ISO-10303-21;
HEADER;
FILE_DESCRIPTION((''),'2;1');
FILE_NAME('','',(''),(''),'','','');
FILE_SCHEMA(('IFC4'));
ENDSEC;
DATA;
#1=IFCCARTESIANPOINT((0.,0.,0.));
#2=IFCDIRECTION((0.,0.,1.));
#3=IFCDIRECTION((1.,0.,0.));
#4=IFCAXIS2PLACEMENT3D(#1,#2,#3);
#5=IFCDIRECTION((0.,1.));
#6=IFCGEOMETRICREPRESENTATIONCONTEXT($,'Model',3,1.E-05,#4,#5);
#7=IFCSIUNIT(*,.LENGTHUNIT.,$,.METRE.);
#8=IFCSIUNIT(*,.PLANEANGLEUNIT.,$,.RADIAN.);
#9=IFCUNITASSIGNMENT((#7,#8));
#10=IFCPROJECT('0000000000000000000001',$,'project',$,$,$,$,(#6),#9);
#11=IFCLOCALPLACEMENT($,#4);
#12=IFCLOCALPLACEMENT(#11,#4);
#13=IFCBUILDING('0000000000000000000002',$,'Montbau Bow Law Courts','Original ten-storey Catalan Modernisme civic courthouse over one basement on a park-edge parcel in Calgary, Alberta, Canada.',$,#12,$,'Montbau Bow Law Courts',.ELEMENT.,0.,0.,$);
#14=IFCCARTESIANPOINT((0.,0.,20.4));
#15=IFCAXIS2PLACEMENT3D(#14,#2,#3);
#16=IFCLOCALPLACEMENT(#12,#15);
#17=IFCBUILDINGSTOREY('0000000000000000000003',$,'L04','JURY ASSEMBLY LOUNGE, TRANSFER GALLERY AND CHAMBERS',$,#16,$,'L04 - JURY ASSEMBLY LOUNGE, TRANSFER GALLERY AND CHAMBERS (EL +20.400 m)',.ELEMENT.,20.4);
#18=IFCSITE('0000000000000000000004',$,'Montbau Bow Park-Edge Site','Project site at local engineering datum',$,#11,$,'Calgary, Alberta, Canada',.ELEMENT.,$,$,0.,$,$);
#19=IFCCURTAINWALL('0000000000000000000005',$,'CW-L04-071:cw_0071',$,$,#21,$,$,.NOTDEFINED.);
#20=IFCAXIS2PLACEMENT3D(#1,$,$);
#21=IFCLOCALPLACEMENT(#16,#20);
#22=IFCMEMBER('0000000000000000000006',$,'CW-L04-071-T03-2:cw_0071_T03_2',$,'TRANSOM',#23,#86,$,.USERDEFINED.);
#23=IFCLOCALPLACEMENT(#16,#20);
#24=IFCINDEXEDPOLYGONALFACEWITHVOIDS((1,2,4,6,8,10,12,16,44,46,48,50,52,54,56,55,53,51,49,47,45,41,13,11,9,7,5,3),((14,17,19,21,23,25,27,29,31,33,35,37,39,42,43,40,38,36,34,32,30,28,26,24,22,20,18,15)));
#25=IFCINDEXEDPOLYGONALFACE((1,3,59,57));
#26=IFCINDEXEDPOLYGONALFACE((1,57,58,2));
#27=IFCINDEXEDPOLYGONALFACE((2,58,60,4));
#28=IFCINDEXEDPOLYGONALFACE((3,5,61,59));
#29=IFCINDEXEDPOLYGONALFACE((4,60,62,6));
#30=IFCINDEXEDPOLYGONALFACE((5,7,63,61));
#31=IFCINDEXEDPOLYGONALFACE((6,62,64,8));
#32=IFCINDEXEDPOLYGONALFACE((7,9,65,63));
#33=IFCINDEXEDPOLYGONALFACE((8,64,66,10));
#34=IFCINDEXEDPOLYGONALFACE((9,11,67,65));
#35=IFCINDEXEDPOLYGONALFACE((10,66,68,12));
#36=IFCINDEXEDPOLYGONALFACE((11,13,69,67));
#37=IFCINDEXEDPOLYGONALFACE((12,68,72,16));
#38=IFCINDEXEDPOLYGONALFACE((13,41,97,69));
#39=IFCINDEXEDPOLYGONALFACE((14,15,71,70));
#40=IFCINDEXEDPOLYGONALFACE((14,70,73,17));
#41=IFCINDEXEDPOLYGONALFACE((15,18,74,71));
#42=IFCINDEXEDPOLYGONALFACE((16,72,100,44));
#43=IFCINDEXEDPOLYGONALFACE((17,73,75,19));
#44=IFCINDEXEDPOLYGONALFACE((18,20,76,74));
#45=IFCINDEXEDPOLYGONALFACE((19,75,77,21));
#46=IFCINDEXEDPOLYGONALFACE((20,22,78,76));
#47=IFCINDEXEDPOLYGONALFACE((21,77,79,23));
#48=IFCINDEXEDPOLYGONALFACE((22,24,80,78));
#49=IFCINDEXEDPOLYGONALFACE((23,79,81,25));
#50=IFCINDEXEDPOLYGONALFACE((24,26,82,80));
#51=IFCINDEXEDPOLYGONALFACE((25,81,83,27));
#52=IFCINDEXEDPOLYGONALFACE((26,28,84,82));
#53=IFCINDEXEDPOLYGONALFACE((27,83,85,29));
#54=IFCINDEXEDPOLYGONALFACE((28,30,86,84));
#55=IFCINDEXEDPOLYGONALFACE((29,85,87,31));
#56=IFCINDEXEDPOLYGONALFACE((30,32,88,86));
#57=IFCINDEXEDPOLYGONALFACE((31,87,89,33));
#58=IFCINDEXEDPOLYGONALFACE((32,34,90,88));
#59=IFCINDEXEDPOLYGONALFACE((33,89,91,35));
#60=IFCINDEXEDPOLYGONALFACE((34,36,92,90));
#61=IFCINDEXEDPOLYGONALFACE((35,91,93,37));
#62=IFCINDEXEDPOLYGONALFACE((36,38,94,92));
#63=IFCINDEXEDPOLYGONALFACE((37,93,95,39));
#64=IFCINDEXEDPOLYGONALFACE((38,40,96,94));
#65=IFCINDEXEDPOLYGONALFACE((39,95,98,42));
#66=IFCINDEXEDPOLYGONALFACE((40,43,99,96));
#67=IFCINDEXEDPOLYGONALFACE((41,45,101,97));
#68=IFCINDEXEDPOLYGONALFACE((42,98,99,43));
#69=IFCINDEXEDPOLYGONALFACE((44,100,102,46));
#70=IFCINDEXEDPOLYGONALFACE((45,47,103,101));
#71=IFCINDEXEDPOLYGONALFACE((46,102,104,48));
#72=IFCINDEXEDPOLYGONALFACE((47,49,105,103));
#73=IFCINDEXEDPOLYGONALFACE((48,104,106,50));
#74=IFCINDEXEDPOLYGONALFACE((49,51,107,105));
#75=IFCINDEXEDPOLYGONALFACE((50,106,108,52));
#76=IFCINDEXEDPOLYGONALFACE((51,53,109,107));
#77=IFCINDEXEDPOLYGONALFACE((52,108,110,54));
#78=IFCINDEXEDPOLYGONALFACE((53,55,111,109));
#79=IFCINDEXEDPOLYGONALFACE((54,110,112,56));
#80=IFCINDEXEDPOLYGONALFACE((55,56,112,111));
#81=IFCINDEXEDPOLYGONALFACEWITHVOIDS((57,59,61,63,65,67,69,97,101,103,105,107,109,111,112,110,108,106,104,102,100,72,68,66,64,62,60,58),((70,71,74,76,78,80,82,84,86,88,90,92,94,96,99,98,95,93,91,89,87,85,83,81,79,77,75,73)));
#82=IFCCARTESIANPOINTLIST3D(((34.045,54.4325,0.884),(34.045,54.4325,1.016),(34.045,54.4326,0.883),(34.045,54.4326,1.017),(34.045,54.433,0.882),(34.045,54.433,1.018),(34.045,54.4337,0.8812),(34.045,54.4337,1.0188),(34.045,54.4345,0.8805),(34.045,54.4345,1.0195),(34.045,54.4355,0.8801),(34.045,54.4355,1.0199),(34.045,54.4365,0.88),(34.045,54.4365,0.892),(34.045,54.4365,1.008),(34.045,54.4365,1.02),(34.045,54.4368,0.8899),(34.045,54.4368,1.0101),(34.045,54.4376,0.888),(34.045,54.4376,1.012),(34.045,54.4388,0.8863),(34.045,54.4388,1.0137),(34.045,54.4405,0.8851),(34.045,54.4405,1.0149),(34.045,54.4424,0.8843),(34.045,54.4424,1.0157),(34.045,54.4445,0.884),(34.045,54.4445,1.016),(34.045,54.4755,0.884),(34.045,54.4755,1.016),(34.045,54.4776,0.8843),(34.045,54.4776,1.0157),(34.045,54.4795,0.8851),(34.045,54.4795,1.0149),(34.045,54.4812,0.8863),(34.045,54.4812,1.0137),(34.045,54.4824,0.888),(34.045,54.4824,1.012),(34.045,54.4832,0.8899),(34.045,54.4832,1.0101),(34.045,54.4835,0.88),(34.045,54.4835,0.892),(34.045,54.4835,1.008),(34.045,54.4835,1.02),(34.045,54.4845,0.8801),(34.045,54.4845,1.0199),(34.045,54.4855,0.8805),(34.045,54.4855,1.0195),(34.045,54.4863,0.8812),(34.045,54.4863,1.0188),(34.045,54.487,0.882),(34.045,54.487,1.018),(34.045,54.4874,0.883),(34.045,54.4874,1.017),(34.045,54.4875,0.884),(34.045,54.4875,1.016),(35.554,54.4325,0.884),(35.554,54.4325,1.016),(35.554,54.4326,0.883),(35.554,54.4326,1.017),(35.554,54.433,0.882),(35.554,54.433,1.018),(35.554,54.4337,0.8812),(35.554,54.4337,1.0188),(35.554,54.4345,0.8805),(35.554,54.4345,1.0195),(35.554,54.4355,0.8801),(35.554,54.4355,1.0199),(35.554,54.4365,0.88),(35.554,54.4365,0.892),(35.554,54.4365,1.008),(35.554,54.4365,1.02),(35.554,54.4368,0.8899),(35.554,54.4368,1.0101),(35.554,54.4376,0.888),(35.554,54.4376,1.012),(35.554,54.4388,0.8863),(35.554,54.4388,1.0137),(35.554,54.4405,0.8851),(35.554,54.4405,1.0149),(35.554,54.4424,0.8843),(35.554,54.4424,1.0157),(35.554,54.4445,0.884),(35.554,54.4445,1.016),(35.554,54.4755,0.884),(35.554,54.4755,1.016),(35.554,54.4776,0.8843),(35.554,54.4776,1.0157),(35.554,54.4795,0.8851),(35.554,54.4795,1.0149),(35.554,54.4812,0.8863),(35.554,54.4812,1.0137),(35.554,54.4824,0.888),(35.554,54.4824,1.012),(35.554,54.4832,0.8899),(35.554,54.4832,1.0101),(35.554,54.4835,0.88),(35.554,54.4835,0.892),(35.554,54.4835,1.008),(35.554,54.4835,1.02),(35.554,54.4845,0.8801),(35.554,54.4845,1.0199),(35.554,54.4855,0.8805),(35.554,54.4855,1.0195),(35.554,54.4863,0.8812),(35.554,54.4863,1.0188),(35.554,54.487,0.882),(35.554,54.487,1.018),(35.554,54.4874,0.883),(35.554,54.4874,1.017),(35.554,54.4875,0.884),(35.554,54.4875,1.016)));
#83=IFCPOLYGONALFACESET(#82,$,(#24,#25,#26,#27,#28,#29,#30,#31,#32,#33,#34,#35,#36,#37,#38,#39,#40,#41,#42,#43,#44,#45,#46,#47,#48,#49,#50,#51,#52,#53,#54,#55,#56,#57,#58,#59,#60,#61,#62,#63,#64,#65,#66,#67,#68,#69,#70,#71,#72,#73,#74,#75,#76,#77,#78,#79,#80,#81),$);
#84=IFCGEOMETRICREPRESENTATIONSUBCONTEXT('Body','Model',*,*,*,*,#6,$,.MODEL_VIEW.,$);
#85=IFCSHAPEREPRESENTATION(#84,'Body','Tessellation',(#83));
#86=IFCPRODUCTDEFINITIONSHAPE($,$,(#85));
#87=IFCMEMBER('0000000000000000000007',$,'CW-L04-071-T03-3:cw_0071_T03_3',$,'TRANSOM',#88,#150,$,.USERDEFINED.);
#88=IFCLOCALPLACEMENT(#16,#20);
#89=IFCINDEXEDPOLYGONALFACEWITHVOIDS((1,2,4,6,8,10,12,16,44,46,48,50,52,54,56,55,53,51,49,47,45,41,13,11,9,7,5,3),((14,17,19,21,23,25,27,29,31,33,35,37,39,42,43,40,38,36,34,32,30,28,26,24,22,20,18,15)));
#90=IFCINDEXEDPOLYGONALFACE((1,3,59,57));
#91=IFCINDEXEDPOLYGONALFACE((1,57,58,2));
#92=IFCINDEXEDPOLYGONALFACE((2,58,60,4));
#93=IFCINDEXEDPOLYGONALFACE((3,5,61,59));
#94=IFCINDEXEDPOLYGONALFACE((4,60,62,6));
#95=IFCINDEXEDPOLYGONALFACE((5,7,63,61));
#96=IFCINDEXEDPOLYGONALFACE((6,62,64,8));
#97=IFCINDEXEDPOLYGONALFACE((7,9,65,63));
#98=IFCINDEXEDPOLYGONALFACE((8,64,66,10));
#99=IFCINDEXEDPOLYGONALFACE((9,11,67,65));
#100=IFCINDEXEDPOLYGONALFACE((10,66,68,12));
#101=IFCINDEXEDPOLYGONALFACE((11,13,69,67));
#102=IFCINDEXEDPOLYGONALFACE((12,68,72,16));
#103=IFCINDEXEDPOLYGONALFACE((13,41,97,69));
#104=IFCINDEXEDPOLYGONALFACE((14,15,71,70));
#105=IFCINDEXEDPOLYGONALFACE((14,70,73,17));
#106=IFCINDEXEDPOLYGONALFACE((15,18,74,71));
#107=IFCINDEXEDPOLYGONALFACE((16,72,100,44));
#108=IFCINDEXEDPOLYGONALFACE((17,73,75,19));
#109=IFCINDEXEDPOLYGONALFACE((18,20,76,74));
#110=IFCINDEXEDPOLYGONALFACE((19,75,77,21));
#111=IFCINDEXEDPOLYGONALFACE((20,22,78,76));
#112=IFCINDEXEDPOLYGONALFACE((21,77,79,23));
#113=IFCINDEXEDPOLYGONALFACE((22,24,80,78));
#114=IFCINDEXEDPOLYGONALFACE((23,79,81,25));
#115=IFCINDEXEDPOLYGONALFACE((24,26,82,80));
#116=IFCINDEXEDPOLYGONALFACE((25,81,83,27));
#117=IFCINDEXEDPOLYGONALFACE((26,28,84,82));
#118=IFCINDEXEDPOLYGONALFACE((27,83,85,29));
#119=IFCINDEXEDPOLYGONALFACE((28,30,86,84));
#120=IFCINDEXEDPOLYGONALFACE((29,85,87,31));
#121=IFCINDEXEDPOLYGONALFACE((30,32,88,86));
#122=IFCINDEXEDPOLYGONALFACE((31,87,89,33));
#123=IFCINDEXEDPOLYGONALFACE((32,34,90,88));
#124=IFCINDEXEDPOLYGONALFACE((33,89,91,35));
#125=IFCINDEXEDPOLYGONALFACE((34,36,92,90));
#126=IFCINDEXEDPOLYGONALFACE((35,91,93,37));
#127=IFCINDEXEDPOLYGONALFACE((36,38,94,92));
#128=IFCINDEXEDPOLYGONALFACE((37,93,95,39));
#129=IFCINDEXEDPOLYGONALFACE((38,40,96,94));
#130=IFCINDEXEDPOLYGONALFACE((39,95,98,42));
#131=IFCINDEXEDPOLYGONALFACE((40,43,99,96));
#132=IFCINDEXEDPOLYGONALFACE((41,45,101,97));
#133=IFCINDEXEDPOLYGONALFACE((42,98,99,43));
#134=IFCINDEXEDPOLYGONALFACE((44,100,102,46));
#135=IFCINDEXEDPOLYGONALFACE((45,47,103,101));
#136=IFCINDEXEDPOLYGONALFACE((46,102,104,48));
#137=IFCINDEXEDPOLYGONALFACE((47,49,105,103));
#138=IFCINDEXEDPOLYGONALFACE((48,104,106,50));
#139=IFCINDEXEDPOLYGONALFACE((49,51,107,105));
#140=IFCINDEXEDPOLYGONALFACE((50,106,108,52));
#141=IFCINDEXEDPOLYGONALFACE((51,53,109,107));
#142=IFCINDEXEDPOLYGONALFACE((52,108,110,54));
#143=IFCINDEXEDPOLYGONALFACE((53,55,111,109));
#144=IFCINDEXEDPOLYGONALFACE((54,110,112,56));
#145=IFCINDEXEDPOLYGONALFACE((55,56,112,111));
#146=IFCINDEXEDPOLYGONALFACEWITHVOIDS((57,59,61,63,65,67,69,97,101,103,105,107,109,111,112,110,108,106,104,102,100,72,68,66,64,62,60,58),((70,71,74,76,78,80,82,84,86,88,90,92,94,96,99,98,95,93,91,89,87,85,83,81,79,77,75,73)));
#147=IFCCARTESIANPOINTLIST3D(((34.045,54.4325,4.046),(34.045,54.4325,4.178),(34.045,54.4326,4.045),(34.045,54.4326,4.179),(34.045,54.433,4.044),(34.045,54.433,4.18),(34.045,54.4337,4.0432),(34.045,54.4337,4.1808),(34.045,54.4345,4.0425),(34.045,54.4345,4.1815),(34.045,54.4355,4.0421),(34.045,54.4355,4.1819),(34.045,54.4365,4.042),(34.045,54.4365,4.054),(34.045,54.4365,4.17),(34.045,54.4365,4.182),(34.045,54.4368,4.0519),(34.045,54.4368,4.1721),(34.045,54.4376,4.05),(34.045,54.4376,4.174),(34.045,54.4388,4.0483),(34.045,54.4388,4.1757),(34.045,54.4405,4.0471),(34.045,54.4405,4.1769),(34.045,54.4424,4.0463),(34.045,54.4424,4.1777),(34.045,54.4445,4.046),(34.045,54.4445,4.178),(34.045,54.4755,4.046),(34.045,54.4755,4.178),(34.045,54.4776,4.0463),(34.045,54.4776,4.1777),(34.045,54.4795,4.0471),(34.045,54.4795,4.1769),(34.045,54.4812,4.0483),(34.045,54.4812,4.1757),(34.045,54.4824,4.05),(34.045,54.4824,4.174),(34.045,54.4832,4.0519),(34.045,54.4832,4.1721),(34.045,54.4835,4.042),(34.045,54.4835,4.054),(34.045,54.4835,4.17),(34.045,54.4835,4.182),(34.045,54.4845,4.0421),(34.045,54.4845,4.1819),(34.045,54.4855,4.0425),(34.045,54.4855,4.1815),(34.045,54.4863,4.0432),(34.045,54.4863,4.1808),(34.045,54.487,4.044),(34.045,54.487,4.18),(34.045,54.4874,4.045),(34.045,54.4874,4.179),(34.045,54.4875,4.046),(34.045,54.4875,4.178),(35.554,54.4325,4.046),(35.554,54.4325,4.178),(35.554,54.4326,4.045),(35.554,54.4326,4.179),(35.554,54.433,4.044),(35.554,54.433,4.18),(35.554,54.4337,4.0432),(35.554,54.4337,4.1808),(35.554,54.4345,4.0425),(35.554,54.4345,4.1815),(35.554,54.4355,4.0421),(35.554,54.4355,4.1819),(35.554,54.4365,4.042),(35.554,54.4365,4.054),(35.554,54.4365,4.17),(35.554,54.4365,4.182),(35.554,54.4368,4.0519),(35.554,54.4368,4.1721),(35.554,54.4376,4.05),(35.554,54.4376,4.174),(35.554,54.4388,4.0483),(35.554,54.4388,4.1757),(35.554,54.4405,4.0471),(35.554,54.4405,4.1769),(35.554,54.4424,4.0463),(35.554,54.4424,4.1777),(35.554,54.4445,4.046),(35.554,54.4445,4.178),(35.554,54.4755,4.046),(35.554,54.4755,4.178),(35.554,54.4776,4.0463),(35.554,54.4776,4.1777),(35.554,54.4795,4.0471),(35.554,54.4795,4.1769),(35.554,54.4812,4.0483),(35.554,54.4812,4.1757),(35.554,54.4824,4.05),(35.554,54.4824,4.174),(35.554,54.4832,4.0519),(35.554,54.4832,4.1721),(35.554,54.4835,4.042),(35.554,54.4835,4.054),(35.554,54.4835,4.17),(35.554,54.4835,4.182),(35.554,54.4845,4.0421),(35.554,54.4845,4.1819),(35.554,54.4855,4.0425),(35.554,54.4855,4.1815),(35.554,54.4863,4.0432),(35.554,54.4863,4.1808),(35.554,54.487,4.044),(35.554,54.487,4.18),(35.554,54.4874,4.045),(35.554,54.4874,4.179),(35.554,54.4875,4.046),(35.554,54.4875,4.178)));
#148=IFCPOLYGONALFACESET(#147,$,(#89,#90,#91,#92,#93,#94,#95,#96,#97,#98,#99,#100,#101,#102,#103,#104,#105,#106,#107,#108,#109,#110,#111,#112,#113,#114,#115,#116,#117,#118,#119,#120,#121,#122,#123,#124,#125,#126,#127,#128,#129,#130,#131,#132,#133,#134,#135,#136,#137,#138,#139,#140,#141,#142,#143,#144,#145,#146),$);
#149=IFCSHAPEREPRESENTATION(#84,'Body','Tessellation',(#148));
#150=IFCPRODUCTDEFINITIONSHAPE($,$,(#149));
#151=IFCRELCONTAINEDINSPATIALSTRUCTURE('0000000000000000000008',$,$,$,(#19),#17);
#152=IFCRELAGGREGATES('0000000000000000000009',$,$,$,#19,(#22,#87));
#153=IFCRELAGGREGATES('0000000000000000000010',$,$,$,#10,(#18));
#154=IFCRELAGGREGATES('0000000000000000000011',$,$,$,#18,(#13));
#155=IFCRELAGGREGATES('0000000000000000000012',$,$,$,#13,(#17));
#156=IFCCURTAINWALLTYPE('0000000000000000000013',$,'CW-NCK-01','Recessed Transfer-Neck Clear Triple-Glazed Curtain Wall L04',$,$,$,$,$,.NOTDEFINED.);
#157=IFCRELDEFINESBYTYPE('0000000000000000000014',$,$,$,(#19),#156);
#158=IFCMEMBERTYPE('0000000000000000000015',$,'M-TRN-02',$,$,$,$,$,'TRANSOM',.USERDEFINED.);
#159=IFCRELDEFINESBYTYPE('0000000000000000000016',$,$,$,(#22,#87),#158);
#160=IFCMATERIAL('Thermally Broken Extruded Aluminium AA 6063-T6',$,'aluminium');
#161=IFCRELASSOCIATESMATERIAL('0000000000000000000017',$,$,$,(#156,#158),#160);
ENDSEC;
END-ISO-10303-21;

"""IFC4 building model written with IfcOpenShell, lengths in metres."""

from ifc_helpers import new_model, si_unit, direction, frame, origin_with_axes, origin_2d_with_axis, place, context, subcontext, project, spatial, hollow_rectangle, extrude, material, material_profile, profile_set, type_object, element, aggregate, save


model = new_model("IFC4")

# Units and contexts
model_context = context("Model", 3, precision=1e-05, world=origin_with_axes(), true_north=direction((0.0, 1.0)))
body_context = subcontext(model_context, "Body", "Model", "MODEL_VIEW")
ifc_project = project(units=[si_unit("LENGTHUNIT", "METRE"), si_unit("PLANEANGLEUNIT", "RADIAN")], contexts=[model_context])

# Site, building, storey
site_placement = place(None, origin_with_axes())
site = spatial("IfcSite", under=ifc_project, at=site_placement, Name="Montbau Bow Park-Edge Site", Description="Project site at local engineering datum", LongName="Calgary, Alberta, Canada", CompositionType="ELEMENT", RefElevation=0.0)
building_placement = place(site_placement, origin_with_axes())
building = spatial("IfcBuilding", under=site, at=building_placement, Name="Montbau Bow Law Courts", Description="Original ten-storey Catalan Modernisme civic courthouse over one basement on a park-edge parcel in Calgary, Alberta, Canada.", LongName="Montbau Bow Law Courts", CompositionType="ELEMENT", ElevationOfRefHeight=0.0, ElevationOfTerrain=0.0)
storey_placement = place(building_placement, frame((0.0, 0.0, 20.4), z_axis=(0.0, 0.0, 1.0), x_axis=(1.0, 0.0, 0.0)))
storey = spatial("IfcBuildingStorey", under=building, at=storey_placement, Name="L04", Description="JURY ASSEMBLY LOUNGE, TRANSFER GALLERY AND CHAMBERS", LongName="L04 - JURY ASSEMBLY LOUNGE, TRANSFER GALLERY AND CHAMBERS (EL +20.400 m)", CompositionType="ELEMENT", Elevation=20.4)

# Curtain wall, members
ifc_material_1 = material(Name="Thermally Broken Extruded Aluminium AA 6063-T6", Category="aluminium")
curtain_wall_type = type_object("IfcCurtainWallType", Name="CW-NCK-01", Description="Recessed Transfer-Neck Clear Triple-Glazed Curtain Wall L04", PredefinedType="NOTDEFINED", material=ifc_material_1)
curtain_wall_placement = place(None, frame((30.867, 54.46, 20.4), z_axis=(0.0, 0.0, 1.0), x_axis=(1.0, 0.0, 0.0)))
curtain_wall = element("IfcCurtainWall", 1, at=curtain_wall_placement, inside=storey, type_object=curtain_wall_type, Name="CW-L04-071:cw_0071", PredefinedType="NOTDEFINED")
ifc_material_profile_1 = material_profile(ifc_material_1, hollow_rectangle(XDim=0.055, YDim=0.14, WallThickness=0.004, InnerFilletRadius=0.008, OuterFilletRadius=0.004, at=origin_2d_with_axis()), Name="CWT-140X55", Category="Main", Priority=0)
ifc_profile_set_1 = profile_set([ifc_material_profile_1], Name="Thermally Broken Extruded Aluminium AA 6063-T6")
member_type_1 = type_object("IfcMemberType", Name="M-TRN-02", ElementType="TRANSOM", PredefinedType="USERDEFINED", material=ifc_profile_set_1)
member_1_placement = place(None, frame((34.045, 54.46, 21.35), z_axis=(1.0, 0.0, 0.0), x_axis=(0.0, 1.0, 0.0)))
member_1 = element("IfcMember", 2, at=member_1_placement, type_object=member_type_1, Name="CW-L04-071-T03-2:cw_0071_T03_2", ObjectType="TRANSOM", PredefinedType="USERDEFINED", context=body_context, shape_type="SweptSolid", body=[
    extrude(hollow_rectangle(XDim=0.055, YDim=0.14, WallThickness=0.004, InnerFilletRadius=0.008, OuterFilletRadius=0.004, at=origin_2d_with_axis()), origin_with_axes(), (0.0, 0.0, 1.0), 1.509),
])
member_2_placement = place(None, frame((34.045, 54.46, 24.512), z_axis=(1.0, 0.0, 0.0), x_axis=(0.0, 1.0, 0.0)))
member_2 = element("IfcMember", 3, at=member_2_placement, type_object=member_type_1, Name="CW-L04-071-T03-3:cw_0071_T03_3", ObjectType="TRANSOM", PredefinedType="USERDEFINED", context=body_context, shape_type="SweptSolid", body=[
    extrude(hollow_rectangle(XDim=0.055, YDim=0.14, WallThickness=0.004, InnerFilletRadius=0.008, OuterFilletRadius=0.004, at=origin_2d_with_axis()), origin_with_axes(), (0.0, 0.0, 1.0), 1.509),
])
aggregate(curtain_wall, [member_1, member_2])

save(model, "model.ifc")
